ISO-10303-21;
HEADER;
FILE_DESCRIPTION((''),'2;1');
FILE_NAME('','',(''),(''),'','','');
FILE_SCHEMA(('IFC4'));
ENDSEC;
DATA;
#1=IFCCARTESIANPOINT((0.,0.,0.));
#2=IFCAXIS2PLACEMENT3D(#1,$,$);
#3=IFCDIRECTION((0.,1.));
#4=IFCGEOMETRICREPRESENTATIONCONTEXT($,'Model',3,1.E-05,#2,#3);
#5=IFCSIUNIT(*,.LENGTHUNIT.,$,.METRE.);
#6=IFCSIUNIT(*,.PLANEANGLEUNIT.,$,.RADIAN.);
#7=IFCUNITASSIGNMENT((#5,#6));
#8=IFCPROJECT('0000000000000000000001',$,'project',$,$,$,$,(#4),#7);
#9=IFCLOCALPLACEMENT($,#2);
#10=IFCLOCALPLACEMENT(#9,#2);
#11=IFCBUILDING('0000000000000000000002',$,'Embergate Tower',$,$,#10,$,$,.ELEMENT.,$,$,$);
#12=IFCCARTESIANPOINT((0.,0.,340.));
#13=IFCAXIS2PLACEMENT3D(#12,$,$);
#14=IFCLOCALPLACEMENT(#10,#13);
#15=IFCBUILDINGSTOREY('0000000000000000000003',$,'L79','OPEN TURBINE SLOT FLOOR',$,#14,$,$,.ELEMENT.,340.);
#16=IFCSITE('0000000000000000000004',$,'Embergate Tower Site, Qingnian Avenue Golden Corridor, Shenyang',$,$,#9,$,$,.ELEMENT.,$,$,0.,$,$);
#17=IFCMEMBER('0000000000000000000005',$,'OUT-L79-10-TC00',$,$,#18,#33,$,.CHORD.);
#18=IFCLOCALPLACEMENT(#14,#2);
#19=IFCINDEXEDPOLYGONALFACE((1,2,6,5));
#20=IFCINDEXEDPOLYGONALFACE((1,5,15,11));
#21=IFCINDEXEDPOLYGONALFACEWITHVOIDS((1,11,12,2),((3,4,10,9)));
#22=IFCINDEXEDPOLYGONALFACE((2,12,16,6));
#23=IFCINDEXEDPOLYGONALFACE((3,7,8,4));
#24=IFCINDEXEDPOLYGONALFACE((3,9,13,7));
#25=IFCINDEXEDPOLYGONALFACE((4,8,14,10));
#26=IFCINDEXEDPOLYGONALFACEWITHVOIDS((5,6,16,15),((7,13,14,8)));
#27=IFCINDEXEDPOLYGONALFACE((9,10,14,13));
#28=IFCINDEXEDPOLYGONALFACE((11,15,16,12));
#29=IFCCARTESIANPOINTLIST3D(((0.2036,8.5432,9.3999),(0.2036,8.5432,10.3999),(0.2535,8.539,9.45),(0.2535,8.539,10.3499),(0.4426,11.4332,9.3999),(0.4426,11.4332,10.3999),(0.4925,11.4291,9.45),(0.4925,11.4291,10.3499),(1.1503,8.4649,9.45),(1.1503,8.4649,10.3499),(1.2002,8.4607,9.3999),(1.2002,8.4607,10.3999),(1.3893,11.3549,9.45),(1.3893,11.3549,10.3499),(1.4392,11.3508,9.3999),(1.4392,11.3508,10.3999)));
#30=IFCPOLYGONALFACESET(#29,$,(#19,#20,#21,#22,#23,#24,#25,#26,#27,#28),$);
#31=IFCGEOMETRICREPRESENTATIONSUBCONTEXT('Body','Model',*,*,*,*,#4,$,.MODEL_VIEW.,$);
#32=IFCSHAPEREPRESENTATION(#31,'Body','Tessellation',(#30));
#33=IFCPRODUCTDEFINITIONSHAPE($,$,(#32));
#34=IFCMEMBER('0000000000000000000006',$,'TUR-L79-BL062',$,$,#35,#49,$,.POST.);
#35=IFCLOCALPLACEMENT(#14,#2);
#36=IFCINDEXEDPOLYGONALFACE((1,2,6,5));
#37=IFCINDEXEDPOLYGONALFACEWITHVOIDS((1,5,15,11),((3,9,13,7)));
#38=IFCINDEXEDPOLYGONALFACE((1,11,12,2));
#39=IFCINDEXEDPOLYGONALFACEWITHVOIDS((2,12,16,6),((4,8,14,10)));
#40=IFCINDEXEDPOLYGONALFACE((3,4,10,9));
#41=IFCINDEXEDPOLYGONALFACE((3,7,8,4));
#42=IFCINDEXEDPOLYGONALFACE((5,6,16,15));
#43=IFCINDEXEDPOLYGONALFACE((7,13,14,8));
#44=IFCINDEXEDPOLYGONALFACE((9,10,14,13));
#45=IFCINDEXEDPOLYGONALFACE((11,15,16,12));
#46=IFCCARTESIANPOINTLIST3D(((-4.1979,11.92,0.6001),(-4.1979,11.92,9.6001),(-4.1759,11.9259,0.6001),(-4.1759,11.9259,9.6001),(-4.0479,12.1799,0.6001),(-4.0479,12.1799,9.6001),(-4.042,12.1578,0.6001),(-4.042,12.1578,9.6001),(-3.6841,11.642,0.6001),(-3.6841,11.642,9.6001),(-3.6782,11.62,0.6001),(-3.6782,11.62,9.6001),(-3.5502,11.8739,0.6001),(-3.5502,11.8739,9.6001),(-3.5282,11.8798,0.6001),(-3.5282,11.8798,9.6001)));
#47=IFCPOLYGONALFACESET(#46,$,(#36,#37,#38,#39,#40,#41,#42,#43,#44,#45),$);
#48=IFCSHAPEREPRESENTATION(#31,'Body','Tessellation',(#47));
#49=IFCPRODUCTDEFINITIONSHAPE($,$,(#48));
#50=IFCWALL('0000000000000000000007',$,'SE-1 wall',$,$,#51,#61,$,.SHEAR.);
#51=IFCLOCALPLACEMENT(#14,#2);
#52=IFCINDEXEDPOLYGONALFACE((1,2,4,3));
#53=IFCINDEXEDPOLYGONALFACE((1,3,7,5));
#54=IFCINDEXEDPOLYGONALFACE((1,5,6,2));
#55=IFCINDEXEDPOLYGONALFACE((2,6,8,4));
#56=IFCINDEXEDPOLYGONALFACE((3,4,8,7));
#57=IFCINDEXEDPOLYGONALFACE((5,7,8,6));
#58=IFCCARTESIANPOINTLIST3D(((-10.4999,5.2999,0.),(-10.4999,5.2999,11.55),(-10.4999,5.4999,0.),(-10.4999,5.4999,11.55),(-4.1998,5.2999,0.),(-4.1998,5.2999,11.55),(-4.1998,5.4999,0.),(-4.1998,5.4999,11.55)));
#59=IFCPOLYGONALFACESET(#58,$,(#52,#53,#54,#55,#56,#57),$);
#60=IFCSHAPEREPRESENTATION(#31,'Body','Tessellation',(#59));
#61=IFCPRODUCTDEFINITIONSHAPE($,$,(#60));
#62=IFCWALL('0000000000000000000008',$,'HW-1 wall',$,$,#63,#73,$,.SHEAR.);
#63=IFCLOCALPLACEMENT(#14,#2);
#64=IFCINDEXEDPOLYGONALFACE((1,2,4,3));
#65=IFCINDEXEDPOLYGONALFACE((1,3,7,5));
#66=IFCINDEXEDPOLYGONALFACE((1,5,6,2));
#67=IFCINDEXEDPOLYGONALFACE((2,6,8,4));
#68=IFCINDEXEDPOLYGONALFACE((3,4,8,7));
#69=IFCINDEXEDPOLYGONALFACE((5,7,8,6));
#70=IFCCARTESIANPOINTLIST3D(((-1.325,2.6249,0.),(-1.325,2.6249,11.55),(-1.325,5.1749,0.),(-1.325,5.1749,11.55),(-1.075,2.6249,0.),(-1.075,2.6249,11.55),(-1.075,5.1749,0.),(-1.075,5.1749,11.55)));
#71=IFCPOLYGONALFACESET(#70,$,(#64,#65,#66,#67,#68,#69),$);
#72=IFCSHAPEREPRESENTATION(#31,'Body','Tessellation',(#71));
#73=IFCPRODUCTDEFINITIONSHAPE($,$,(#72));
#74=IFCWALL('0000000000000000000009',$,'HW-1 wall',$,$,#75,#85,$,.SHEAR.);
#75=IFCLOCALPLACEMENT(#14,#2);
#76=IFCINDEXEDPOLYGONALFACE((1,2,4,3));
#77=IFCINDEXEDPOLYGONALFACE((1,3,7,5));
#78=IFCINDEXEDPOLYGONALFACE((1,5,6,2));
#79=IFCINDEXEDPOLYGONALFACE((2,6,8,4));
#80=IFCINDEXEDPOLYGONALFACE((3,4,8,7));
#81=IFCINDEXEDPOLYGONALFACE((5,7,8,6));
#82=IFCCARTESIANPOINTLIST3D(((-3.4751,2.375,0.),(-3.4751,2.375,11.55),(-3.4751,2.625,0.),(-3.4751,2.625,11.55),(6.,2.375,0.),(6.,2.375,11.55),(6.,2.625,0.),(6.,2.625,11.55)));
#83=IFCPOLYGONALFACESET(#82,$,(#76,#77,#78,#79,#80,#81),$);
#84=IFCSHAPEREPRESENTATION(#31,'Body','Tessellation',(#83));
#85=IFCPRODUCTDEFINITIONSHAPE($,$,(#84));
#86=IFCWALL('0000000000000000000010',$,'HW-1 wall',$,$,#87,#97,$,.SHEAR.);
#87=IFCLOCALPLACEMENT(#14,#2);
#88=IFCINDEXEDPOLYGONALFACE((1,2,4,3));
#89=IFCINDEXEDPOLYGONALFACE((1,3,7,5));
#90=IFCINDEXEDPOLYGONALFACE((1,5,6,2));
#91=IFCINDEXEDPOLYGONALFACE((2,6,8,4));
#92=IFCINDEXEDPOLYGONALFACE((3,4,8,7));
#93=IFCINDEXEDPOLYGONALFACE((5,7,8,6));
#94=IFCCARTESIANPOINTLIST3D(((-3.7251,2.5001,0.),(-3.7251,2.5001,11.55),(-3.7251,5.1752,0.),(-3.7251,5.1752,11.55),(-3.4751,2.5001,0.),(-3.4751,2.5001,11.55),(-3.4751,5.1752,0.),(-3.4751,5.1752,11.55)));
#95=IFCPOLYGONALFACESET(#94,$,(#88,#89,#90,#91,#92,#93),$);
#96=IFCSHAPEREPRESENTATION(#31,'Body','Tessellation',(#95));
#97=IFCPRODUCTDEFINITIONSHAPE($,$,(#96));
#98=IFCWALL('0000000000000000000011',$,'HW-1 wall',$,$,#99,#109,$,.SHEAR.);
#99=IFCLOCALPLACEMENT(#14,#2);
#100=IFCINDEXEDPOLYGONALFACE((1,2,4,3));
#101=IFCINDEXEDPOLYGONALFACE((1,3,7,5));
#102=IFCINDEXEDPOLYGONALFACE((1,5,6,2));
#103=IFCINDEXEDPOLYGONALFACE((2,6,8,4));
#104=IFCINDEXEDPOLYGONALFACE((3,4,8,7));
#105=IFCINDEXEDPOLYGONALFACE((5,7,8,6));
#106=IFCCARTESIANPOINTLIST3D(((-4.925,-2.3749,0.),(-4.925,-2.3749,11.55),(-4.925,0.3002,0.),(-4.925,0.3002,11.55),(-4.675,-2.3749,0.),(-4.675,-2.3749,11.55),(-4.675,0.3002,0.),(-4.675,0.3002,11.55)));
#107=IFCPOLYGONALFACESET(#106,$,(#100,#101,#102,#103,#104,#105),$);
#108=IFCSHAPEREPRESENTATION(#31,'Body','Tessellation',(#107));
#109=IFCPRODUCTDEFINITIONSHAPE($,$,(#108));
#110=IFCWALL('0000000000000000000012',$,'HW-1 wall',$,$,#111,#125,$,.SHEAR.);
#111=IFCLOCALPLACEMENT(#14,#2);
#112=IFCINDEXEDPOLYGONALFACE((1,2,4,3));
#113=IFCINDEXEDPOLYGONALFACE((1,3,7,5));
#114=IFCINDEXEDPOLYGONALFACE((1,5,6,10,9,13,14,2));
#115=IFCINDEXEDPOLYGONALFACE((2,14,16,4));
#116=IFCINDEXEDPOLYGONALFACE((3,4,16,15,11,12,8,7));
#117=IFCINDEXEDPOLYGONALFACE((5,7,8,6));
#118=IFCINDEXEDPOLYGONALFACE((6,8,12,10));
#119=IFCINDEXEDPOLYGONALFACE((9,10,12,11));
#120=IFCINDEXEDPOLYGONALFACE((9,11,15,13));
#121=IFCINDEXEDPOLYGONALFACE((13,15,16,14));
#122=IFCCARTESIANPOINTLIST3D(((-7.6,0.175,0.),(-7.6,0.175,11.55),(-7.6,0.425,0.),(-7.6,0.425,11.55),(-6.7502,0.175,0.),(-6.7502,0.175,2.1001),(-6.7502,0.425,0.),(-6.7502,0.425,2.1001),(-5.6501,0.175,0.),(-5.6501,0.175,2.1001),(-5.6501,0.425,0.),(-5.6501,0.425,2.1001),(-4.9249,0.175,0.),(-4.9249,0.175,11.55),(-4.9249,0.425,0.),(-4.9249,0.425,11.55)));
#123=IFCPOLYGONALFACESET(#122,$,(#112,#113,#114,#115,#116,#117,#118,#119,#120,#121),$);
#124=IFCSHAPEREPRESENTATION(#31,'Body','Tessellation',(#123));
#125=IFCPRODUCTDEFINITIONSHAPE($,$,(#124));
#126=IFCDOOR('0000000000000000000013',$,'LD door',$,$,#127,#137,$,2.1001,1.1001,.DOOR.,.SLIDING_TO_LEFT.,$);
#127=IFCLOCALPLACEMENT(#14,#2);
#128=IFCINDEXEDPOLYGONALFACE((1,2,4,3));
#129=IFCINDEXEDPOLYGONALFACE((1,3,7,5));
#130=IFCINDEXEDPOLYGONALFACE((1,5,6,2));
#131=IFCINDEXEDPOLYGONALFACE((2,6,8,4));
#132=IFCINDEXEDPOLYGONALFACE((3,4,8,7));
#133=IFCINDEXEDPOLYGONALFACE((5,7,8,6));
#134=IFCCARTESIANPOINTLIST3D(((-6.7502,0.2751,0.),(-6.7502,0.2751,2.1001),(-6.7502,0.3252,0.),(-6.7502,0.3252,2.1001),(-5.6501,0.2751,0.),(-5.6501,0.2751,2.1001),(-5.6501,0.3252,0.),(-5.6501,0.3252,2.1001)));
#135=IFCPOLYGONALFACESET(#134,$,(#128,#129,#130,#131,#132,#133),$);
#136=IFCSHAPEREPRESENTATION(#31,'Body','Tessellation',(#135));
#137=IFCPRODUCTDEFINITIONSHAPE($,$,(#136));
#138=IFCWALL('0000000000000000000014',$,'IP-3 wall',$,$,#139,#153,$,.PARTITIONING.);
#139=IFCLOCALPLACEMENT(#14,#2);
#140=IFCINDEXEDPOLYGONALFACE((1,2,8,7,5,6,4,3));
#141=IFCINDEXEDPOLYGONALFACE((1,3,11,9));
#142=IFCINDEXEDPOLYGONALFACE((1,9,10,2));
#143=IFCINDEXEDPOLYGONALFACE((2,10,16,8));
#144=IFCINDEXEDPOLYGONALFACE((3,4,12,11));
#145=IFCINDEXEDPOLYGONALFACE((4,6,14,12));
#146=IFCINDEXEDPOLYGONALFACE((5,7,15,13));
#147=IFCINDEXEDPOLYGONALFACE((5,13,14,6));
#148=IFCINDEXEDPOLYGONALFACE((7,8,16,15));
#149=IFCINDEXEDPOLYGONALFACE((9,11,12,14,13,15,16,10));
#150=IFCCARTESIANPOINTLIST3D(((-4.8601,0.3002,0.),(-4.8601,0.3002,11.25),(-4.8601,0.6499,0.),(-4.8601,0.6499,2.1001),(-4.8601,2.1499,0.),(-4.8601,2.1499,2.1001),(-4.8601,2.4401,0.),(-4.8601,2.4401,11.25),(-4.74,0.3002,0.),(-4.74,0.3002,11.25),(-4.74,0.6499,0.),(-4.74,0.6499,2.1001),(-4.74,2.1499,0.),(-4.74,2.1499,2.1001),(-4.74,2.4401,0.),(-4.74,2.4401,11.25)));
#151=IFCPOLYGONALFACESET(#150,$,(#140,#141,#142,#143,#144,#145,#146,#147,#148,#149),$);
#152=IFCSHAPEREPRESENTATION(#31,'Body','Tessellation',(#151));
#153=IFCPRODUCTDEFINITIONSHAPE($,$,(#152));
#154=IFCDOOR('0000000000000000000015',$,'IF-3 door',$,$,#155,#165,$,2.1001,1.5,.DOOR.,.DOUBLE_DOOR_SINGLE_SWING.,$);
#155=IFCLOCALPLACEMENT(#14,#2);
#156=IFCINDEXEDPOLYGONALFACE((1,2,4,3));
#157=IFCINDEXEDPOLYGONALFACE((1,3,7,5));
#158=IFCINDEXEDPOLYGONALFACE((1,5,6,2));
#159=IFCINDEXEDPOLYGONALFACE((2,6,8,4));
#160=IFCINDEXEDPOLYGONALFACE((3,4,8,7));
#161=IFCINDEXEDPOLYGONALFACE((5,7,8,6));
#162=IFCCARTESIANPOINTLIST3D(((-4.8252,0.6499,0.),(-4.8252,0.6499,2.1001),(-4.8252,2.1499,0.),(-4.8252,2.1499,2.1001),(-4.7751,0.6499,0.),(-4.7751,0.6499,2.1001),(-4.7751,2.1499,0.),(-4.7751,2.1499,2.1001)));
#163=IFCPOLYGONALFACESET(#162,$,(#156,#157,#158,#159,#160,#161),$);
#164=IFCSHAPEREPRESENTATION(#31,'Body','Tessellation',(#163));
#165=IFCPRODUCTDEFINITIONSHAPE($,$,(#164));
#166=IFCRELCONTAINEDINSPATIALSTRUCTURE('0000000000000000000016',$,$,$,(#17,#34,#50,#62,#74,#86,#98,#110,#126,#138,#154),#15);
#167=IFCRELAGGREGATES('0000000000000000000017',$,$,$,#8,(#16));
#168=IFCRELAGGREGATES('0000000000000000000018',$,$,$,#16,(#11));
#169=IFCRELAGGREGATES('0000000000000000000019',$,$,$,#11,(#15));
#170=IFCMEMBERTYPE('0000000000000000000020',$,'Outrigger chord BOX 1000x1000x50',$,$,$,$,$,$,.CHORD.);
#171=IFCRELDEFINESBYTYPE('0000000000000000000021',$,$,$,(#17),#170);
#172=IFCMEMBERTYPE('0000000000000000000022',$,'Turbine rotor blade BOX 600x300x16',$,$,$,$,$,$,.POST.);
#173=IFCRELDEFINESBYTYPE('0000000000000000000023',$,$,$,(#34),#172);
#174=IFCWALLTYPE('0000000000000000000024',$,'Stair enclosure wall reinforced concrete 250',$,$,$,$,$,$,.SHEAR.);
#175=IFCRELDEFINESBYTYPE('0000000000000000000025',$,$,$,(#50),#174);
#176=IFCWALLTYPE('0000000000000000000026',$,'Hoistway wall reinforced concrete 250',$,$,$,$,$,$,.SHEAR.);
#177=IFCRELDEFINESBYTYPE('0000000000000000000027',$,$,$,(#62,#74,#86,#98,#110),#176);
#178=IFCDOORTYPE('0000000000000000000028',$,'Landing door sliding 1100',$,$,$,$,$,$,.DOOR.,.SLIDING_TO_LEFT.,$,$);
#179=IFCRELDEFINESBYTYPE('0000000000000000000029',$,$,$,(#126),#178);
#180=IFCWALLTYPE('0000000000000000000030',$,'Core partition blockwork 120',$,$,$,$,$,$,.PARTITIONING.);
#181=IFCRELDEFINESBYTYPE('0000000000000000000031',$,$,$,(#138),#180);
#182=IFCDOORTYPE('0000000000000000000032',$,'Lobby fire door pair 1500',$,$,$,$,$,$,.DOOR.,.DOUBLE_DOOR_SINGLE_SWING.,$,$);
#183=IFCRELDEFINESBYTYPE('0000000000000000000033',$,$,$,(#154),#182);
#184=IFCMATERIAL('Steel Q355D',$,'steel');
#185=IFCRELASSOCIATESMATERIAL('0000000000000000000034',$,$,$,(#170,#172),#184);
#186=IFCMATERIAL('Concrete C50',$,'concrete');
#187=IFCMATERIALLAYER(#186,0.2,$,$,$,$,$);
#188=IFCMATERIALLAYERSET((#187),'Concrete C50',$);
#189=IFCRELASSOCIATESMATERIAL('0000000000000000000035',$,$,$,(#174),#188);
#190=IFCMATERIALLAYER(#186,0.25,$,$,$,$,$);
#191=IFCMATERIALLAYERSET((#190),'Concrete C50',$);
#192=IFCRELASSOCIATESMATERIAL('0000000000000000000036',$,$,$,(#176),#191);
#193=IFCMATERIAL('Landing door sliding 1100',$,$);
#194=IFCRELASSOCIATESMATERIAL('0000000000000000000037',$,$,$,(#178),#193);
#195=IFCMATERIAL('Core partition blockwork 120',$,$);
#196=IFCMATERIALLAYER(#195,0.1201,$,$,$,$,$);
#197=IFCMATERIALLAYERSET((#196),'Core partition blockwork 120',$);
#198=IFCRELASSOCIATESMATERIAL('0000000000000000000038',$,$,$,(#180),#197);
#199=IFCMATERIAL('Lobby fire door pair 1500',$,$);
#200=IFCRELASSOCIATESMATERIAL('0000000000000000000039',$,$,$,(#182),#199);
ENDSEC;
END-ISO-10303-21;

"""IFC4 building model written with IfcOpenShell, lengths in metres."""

from ifc_helpers import new_model, si_unit, direction, frame, frame_2d, origin, origin_2d, place, context, subcontext, project, spatial, rectangle, hollow_rectangle, extrude, source, transform, mapped, material, layer, layer_set, material_profile, profile_set, type_object, element, fill, save


model = new_model("IFC4")

# Units and contexts
model_context = context("Model", 3, precision=1e-05, world=origin(), true_north=direction((0.0, 1.0)))
body_context = subcontext(model_context, "Body", "Model", "MODEL_VIEW")
ifc_project = project(units=[si_unit("LENGTHUNIT", "METRE"), si_unit("PLANEANGLEUNIT", "RADIAN")], contexts=[model_context])

# Site, building, storey
site_placement = place(None, origin())
site = spatial("IfcSite", under=ifc_project, at=site_placement, Name="Embergate Tower Site, Qingnian Avenue Golden Corridor, Shenyang", CompositionType="ELEMENT", RefElevation=0.0)
building_placement = place(site_placement, origin())
building = spatial("IfcBuilding", under=site, at=building_placement, Name="Embergate Tower", CompositionType="ELEMENT")
storey_placement = place(building_placement, frame((0.0, 0.0, 340.0)))
storey = spatial("IfcBuildingStorey", under=building, at=storey_placement, Name="L79", Description="OPEN TURBINE SLOT FLOOR", CompositionType="ELEMENT", Elevation=340.0)

# Members
ifc_material_1 = material(Name="Steel Q355D", Category="steel")
ifc_material_profile_1 = material_profile(ifc_material_1, hollow_rectangle(XDim=1.0, YDim=1.0, WallThickness=0.05, at=origin_2d()), Name="BOX 1000x1000x50")
ifc_profile_set_1 = profile_set([ifc_material_profile_1], Name="Steel Q355 grade D")
member_type_1 = type_object("IfcMemberType", Name="Outrigger chord BOX 1000x1000x50", PredefinedType="CHORD", material=ifc_profile_set_1)
shared_shape_1 = source(origin(), body_context, "Body", "SweptSolid", [
    extrude(hollow_rectangle(XDim=1.0, YDim=1.0, WallThickness=0.05, at=origin_2d()), origin(), (0.0, 0.0, 1.0), 2.8999),
])
member_1_placement = place(storey_placement, frame((0.7019, 8.502, 9.8999), z_axis=(0.082418, 0.996598, 0.0), x_axis=(-0.996598, 0.082418, 0.0)))
element("IfcMember", 1, at=member_1_placement, inside=storey, type_object=member_type_1, Name="OUT-L79-10-TC00", PredefinedType="CHORD", context=body_context, shape_type="MappedRepresentation", body=[
    mapped(shared_shape_1, transform((0.0, 0.0, 0.0))),
])
ifc_material_profile_2 = material_profile(ifc_material_1, hollow_rectangle(XDim=0.3, YDim=0.6001, WallThickness=0.0161, at=origin_2d()), Name="BOX 600x300x16")
ifc_profile_set_2 = profile_set([ifc_material_profile_2], Name="Steel Q355 grade D")
member_type_2 = type_object("IfcMemberType", Name="Turbine rotor blade BOX 600x300x16", PredefinedType="POST", material=ifc_profile_set_2)
shared_shape_2 = source(origin(), body_context, "Body", "SweptSolid", [
    extrude(hollow_rectangle(XDim=0.3, YDim=0.6001, WallThickness=0.0161, at=origin_2d()), origin(), (0.0, 0.0, 1.0), 9.0),
])
member_2_placement = place(storey_placement, frame((-3.863, 11.8999, 0.6001), z_axis=(0.0, 0.0, 1.0), x_axis=(0.5, 0.866025, 0.0)))
element("IfcMember", 2, at=member_2_placement, inside=storey, type_object=member_type_2, Name="TUR-L79-BL062", PredefinedType="POST", context=body_context, shape_type="MappedRepresentation", body=[
    mapped(shared_shape_2, transform((0.0, 0.0, 0.0))),
])

# Walls
ifc_material_2 = material(Name="Concrete C50", Category="concrete")
ifc_layer_1 = layer(ifc_material_2, 0.2)
ifc_layer_set_1 = layer_set([ifc_layer_1], Name="Concrete C50")
wall_type_1 = type_object("IfcWallType", Name="Stair enclosure wall reinforced concrete 250", PredefinedType="SHEAR", material=ifc_layer_set_1)
shared_shape_3 = source(origin(), body_context, "Body", "SweptSolid", [
    extrude(rectangle(XDim=6.3, YDim=0.2, at=frame_2d((3.1499, 0.0))), origin(), (0.0, 0.0, 1.0), 11.55),
])
wall_1_placement = place(storey_placement, frame((-4.2, 5.3999, 0.0), z_axis=(0.0, 0.0, 1.0), x_axis=(-1.0, 0.0, 0.0)))
element("IfcWall", 3, at=wall_1_placement, inside=storey, type_object=wall_type_1, Name="SE-1 wall", PredefinedType="SHEAR", context=body_context, shape_type="MappedRepresentation", body=[
    mapped(shared_shape_3, transform((0.0, 0.0, 0.0))),
])
ifc_layer_2 = layer(ifc_material_2, 0.25)
ifc_layer_set_2 = layer_set([ifc_layer_2], Name="Concrete C50")
wall_type_2 = type_object("IfcWallType", Name="Hoistway wall reinforced concrete 250", PredefinedType="SHEAR", material=ifc_layer_set_2)
shared_shape_4 = source(origin(), body_context, "Body", "SweptSolid", [
    extrude(rectangle(XDim=2.55, YDim=0.25, at=frame_2d((1.2749, 0.0))), origin(), (0.0, 0.0, 1.0), 11.55),
])
wall_2_placement = place(storey_placement, frame((-1.2, 2.625, 0.0), z_axis=(0.0, 0.0, 1.0), x_axis=(0.0, 1.0, 0.0)))
element("IfcWall", 4, at=wall_2_placement, inside=storey, type_object=wall_type_2, Name="HW-1 wall", PredefinedType="SHEAR", context=body_context, shape_type="MappedRepresentation", body=[
    mapped(shared_shape_4, transform((0.0, 0.0, 0.0))),
])
shared_shape_5 = source(origin(), body_context, "Body", "SweptSolid", [
    extrude(rectangle(XDim=9.4751, YDim=0.25, at=frame_2d((4.7375, 0.0))), origin(), (0.0, 0.0, 1.0), 11.55),
])
wall_3_placement = place(storey_placement, frame((-3.4751, 2.5, 0.0), z_axis=(0.0, 0.0, 1.0), x_axis=(1.0, 0.0, 0.0)))
element("IfcWall", 5, at=wall_3_placement, inside=storey, type_object=wall_type_2, Name="HW-1 wall", PredefinedType="SHEAR", context=body_context, shape_type="MappedRepresentation", body=[
    mapped(shared_shape_5, transform((0.0, 0.0, 0.0))),
])
shared_shape_6 = source(origin(), body_context, "Body", "SweptSolid", [
    extrude(rectangle(XDim=2.675, YDim=0.25, at=frame_2d((1.3374, 0.0))), origin(), (0.0, 0.0, 1.0), 11.55),
])
for number, where, z_axis, x_axis, name in (
    (6, (-3.6001, 5.175, 0.0), (0.0, 0.0, 1.0), (0.0, -1.0, 0.0), "HW-1 wall"),
    (7, (-4.8, 0.3, 0.0), (0.0, 0.0, 1.0), (0.0, -1.0, 0.0), "HW-1 wall"),
):
    element("IfcWall", number, at=place(storey_placement, frame(where, z_axis=z_axis, x_axis=x_axis)), inside=storey, type_object=wall_type_2, Name=name, PredefinedType="SHEAR", context=body_context, shape_type="MappedRepresentation", body=[
        mapped(shared_shape_6, transform((0.0, 0.0, 0.0))),
    ])

# Walls, openings, doors
wall_4_placement = place(storey_placement, frame((-4.925, 0.3, 0.0), z_axis=(0.0, 0.0, 1.0), x_axis=(-1.0, 0.0, 0.0)))
wall_4 = element("IfcWall", 8, at=wall_4_placement, inside=storey, type_object=wall_type_2, Name="HW-1 wall", PredefinedType="SHEAR", context=body_context, shape_type="MappedRepresentation", body=[
    mapped(shared_shape_6, transform((0.0, 0.0, 0.0))),
])
shared_shape_7 = source(origin(), body_context, "Body", "SweptSolid", [
    extrude(rectangle(XDim=1.1001, YDim=2.1001, at=frame_2d((0.55, 1.05))), frame((0.0, 0.135, 0.0), z_axis=(0.0, -1.0, 0.0), x_axis=(1.0, 0.0, 0.0)), (0.0, 0.0, 1.0), 0.27),
])
opening_1_placement = place(wall_4_placement, frame((0.7251, 0.0, 0.0)))
opening_1 = element("IfcOpeningElement", 9, at=opening_1_placement, cuts=wall_4, PredefinedType="OPENING", context=body_context, shape_type="MappedRepresentation", body=[
    mapped(shared_shape_7, transform((0.0, 0.0, 0.0))),
])
ifc_material_3 = material(Name="Landing door sliding 1100")
door_type_1 = type_object("IfcDoorType", Name="Landing door sliding 1100", OperationType="SLIDING_TO_LEFT", PredefinedType="DOOR", material=ifc_material_3)
shared_shape_8 = source(origin(), body_context, "Body", "SweptSolid", [
    extrude(rectangle(XDim=1.1001, YDim=2.1001, at=frame_2d((0.55, 1.05))), frame((0.0, 0.0249, 0.0), z_axis=(0.0, -1.0, 0.0), x_axis=(1.0, 0.0, 0.0)), (0.0, 0.0, 1.0), 0.05),
])
door_1_placement = place(opening_1_placement, origin())
door_1 = element("IfcDoor", 10, at=door_1_placement, inside=storey, type_object=door_type_1, Name="LD door", OperationType="SLIDING_TO_LEFT", OverallHeight=2.1001, OverallWidth=1.1001, PredefinedType="DOOR", context=body_context, shape_type="MappedRepresentation", body=[
    mapped(shared_shape_8, transform((0.0, 0.0, 0.0))),
])
fill(opening_1, door_1)
ifc_material_4 = material(Name="Core partition blockwork 120")
ifc_layer_3 = layer(ifc_material_4, 0.1201)
ifc_layer_set_3 = layer_set([ifc_layer_3], Name="Core partition blockwork 120")
wall_type_3 = type_object("IfcWallType", Name="Core partition blockwork 120", PredefinedType="PARTITIONING", material=ifc_layer_set_3)
shared_shape_9 = source(origin(), body_context, "Body", "SweptSolid", [
    extrude(rectangle(XDim=2.1399, YDim=0.1201, at=frame_2d((1.0698, 0.0))), origin(), (0.0, 0.0, 1.0), 11.25),
])
wall_5_placement = place(storey_placement, frame((-4.8, 2.4399, 0.0), z_axis=(0.0, 0.0, 1.0), x_axis=(0.0, -1.0, 0.0)))
wall_5 = element("IfcWall", 11, at=wall_5_placement, inside=storey, type_object=wall_type_3, Name="IP-3 wall", PredefinedType="PARTITIONING", context=body_context, shape_type="MappedRepresentation", body=[
    mapped(shared_shape_9, transform((0.0, 0.0, 0.0))),
])
shared_shape_10 = source(origin(), body_context, "Body", "SweptSolid", [
    extrude(rectangle(XDim=1.5, YDim=2.1001, at=frame_2d((0.75, 1.05))), frame((0.0, 0.0701, 0.0), z_axis=(0.0, -1.0, 0.0), x_axis=(1.0, 0.0, 0.0)), (0.0, 0.0, 1.0), 0.1401),
])
opening_2_placement = place(wall_5_placement, frame((0.29, 0.0, 0.0)))
opening_2 = element("IfcOpeningElement", 12, at=opening_2_placement, cuts=wall_5, PredefinedType="OPENING", context=body_context, shape_type="MappedRepresentation", body=[
    mapped(shared_shape_10, transform((0.0, 0.0, 0.0))),
])
ifc_material_5 = material(Name="Lobby fire door pair 1500")
door_type_2 = type_object("IfcDoorType", Name="Lobby fire door pair 1500", OperationType="DOUBLE_DOOR_SINGLE_SWING", PredefinedType="DOOR", material=ifc_material_5)
shared_shape_11 = source(origin(), body_context, "Body", "SweptSolid", [
    extrude(rectangle(XDim=1.5, YDim=2.1001, at=frame_2d((0.75, 1.05))), frame((0.0, 0.0249, 0.0), z_axis=(0.0, -1.0, 0.0), x_axis=(1.0, 0.0, 0.0)), (0.0, 0.0, 1.0), 0.05),
])
door_2_placement = place(opening_2_placement, origin())
door_2 = element("IfcDoor", 13, at=door_2_placement, inside=storey, type_object=door_type_2, Name="IF-3 door", OperationType="DOUBLE_DOOR_SINGLE_SWING", OverallHeight=2.1001, OverallWidth=1.5, PredefinedType="DOOR", context=body_context, shape_type="MappedRepresentation", body=[
    mapped(shared_shape_11, transform((0.0, 0.0, 0.0))),
])
fill(opening_2, door_2)

save(model, "model.ifc")
